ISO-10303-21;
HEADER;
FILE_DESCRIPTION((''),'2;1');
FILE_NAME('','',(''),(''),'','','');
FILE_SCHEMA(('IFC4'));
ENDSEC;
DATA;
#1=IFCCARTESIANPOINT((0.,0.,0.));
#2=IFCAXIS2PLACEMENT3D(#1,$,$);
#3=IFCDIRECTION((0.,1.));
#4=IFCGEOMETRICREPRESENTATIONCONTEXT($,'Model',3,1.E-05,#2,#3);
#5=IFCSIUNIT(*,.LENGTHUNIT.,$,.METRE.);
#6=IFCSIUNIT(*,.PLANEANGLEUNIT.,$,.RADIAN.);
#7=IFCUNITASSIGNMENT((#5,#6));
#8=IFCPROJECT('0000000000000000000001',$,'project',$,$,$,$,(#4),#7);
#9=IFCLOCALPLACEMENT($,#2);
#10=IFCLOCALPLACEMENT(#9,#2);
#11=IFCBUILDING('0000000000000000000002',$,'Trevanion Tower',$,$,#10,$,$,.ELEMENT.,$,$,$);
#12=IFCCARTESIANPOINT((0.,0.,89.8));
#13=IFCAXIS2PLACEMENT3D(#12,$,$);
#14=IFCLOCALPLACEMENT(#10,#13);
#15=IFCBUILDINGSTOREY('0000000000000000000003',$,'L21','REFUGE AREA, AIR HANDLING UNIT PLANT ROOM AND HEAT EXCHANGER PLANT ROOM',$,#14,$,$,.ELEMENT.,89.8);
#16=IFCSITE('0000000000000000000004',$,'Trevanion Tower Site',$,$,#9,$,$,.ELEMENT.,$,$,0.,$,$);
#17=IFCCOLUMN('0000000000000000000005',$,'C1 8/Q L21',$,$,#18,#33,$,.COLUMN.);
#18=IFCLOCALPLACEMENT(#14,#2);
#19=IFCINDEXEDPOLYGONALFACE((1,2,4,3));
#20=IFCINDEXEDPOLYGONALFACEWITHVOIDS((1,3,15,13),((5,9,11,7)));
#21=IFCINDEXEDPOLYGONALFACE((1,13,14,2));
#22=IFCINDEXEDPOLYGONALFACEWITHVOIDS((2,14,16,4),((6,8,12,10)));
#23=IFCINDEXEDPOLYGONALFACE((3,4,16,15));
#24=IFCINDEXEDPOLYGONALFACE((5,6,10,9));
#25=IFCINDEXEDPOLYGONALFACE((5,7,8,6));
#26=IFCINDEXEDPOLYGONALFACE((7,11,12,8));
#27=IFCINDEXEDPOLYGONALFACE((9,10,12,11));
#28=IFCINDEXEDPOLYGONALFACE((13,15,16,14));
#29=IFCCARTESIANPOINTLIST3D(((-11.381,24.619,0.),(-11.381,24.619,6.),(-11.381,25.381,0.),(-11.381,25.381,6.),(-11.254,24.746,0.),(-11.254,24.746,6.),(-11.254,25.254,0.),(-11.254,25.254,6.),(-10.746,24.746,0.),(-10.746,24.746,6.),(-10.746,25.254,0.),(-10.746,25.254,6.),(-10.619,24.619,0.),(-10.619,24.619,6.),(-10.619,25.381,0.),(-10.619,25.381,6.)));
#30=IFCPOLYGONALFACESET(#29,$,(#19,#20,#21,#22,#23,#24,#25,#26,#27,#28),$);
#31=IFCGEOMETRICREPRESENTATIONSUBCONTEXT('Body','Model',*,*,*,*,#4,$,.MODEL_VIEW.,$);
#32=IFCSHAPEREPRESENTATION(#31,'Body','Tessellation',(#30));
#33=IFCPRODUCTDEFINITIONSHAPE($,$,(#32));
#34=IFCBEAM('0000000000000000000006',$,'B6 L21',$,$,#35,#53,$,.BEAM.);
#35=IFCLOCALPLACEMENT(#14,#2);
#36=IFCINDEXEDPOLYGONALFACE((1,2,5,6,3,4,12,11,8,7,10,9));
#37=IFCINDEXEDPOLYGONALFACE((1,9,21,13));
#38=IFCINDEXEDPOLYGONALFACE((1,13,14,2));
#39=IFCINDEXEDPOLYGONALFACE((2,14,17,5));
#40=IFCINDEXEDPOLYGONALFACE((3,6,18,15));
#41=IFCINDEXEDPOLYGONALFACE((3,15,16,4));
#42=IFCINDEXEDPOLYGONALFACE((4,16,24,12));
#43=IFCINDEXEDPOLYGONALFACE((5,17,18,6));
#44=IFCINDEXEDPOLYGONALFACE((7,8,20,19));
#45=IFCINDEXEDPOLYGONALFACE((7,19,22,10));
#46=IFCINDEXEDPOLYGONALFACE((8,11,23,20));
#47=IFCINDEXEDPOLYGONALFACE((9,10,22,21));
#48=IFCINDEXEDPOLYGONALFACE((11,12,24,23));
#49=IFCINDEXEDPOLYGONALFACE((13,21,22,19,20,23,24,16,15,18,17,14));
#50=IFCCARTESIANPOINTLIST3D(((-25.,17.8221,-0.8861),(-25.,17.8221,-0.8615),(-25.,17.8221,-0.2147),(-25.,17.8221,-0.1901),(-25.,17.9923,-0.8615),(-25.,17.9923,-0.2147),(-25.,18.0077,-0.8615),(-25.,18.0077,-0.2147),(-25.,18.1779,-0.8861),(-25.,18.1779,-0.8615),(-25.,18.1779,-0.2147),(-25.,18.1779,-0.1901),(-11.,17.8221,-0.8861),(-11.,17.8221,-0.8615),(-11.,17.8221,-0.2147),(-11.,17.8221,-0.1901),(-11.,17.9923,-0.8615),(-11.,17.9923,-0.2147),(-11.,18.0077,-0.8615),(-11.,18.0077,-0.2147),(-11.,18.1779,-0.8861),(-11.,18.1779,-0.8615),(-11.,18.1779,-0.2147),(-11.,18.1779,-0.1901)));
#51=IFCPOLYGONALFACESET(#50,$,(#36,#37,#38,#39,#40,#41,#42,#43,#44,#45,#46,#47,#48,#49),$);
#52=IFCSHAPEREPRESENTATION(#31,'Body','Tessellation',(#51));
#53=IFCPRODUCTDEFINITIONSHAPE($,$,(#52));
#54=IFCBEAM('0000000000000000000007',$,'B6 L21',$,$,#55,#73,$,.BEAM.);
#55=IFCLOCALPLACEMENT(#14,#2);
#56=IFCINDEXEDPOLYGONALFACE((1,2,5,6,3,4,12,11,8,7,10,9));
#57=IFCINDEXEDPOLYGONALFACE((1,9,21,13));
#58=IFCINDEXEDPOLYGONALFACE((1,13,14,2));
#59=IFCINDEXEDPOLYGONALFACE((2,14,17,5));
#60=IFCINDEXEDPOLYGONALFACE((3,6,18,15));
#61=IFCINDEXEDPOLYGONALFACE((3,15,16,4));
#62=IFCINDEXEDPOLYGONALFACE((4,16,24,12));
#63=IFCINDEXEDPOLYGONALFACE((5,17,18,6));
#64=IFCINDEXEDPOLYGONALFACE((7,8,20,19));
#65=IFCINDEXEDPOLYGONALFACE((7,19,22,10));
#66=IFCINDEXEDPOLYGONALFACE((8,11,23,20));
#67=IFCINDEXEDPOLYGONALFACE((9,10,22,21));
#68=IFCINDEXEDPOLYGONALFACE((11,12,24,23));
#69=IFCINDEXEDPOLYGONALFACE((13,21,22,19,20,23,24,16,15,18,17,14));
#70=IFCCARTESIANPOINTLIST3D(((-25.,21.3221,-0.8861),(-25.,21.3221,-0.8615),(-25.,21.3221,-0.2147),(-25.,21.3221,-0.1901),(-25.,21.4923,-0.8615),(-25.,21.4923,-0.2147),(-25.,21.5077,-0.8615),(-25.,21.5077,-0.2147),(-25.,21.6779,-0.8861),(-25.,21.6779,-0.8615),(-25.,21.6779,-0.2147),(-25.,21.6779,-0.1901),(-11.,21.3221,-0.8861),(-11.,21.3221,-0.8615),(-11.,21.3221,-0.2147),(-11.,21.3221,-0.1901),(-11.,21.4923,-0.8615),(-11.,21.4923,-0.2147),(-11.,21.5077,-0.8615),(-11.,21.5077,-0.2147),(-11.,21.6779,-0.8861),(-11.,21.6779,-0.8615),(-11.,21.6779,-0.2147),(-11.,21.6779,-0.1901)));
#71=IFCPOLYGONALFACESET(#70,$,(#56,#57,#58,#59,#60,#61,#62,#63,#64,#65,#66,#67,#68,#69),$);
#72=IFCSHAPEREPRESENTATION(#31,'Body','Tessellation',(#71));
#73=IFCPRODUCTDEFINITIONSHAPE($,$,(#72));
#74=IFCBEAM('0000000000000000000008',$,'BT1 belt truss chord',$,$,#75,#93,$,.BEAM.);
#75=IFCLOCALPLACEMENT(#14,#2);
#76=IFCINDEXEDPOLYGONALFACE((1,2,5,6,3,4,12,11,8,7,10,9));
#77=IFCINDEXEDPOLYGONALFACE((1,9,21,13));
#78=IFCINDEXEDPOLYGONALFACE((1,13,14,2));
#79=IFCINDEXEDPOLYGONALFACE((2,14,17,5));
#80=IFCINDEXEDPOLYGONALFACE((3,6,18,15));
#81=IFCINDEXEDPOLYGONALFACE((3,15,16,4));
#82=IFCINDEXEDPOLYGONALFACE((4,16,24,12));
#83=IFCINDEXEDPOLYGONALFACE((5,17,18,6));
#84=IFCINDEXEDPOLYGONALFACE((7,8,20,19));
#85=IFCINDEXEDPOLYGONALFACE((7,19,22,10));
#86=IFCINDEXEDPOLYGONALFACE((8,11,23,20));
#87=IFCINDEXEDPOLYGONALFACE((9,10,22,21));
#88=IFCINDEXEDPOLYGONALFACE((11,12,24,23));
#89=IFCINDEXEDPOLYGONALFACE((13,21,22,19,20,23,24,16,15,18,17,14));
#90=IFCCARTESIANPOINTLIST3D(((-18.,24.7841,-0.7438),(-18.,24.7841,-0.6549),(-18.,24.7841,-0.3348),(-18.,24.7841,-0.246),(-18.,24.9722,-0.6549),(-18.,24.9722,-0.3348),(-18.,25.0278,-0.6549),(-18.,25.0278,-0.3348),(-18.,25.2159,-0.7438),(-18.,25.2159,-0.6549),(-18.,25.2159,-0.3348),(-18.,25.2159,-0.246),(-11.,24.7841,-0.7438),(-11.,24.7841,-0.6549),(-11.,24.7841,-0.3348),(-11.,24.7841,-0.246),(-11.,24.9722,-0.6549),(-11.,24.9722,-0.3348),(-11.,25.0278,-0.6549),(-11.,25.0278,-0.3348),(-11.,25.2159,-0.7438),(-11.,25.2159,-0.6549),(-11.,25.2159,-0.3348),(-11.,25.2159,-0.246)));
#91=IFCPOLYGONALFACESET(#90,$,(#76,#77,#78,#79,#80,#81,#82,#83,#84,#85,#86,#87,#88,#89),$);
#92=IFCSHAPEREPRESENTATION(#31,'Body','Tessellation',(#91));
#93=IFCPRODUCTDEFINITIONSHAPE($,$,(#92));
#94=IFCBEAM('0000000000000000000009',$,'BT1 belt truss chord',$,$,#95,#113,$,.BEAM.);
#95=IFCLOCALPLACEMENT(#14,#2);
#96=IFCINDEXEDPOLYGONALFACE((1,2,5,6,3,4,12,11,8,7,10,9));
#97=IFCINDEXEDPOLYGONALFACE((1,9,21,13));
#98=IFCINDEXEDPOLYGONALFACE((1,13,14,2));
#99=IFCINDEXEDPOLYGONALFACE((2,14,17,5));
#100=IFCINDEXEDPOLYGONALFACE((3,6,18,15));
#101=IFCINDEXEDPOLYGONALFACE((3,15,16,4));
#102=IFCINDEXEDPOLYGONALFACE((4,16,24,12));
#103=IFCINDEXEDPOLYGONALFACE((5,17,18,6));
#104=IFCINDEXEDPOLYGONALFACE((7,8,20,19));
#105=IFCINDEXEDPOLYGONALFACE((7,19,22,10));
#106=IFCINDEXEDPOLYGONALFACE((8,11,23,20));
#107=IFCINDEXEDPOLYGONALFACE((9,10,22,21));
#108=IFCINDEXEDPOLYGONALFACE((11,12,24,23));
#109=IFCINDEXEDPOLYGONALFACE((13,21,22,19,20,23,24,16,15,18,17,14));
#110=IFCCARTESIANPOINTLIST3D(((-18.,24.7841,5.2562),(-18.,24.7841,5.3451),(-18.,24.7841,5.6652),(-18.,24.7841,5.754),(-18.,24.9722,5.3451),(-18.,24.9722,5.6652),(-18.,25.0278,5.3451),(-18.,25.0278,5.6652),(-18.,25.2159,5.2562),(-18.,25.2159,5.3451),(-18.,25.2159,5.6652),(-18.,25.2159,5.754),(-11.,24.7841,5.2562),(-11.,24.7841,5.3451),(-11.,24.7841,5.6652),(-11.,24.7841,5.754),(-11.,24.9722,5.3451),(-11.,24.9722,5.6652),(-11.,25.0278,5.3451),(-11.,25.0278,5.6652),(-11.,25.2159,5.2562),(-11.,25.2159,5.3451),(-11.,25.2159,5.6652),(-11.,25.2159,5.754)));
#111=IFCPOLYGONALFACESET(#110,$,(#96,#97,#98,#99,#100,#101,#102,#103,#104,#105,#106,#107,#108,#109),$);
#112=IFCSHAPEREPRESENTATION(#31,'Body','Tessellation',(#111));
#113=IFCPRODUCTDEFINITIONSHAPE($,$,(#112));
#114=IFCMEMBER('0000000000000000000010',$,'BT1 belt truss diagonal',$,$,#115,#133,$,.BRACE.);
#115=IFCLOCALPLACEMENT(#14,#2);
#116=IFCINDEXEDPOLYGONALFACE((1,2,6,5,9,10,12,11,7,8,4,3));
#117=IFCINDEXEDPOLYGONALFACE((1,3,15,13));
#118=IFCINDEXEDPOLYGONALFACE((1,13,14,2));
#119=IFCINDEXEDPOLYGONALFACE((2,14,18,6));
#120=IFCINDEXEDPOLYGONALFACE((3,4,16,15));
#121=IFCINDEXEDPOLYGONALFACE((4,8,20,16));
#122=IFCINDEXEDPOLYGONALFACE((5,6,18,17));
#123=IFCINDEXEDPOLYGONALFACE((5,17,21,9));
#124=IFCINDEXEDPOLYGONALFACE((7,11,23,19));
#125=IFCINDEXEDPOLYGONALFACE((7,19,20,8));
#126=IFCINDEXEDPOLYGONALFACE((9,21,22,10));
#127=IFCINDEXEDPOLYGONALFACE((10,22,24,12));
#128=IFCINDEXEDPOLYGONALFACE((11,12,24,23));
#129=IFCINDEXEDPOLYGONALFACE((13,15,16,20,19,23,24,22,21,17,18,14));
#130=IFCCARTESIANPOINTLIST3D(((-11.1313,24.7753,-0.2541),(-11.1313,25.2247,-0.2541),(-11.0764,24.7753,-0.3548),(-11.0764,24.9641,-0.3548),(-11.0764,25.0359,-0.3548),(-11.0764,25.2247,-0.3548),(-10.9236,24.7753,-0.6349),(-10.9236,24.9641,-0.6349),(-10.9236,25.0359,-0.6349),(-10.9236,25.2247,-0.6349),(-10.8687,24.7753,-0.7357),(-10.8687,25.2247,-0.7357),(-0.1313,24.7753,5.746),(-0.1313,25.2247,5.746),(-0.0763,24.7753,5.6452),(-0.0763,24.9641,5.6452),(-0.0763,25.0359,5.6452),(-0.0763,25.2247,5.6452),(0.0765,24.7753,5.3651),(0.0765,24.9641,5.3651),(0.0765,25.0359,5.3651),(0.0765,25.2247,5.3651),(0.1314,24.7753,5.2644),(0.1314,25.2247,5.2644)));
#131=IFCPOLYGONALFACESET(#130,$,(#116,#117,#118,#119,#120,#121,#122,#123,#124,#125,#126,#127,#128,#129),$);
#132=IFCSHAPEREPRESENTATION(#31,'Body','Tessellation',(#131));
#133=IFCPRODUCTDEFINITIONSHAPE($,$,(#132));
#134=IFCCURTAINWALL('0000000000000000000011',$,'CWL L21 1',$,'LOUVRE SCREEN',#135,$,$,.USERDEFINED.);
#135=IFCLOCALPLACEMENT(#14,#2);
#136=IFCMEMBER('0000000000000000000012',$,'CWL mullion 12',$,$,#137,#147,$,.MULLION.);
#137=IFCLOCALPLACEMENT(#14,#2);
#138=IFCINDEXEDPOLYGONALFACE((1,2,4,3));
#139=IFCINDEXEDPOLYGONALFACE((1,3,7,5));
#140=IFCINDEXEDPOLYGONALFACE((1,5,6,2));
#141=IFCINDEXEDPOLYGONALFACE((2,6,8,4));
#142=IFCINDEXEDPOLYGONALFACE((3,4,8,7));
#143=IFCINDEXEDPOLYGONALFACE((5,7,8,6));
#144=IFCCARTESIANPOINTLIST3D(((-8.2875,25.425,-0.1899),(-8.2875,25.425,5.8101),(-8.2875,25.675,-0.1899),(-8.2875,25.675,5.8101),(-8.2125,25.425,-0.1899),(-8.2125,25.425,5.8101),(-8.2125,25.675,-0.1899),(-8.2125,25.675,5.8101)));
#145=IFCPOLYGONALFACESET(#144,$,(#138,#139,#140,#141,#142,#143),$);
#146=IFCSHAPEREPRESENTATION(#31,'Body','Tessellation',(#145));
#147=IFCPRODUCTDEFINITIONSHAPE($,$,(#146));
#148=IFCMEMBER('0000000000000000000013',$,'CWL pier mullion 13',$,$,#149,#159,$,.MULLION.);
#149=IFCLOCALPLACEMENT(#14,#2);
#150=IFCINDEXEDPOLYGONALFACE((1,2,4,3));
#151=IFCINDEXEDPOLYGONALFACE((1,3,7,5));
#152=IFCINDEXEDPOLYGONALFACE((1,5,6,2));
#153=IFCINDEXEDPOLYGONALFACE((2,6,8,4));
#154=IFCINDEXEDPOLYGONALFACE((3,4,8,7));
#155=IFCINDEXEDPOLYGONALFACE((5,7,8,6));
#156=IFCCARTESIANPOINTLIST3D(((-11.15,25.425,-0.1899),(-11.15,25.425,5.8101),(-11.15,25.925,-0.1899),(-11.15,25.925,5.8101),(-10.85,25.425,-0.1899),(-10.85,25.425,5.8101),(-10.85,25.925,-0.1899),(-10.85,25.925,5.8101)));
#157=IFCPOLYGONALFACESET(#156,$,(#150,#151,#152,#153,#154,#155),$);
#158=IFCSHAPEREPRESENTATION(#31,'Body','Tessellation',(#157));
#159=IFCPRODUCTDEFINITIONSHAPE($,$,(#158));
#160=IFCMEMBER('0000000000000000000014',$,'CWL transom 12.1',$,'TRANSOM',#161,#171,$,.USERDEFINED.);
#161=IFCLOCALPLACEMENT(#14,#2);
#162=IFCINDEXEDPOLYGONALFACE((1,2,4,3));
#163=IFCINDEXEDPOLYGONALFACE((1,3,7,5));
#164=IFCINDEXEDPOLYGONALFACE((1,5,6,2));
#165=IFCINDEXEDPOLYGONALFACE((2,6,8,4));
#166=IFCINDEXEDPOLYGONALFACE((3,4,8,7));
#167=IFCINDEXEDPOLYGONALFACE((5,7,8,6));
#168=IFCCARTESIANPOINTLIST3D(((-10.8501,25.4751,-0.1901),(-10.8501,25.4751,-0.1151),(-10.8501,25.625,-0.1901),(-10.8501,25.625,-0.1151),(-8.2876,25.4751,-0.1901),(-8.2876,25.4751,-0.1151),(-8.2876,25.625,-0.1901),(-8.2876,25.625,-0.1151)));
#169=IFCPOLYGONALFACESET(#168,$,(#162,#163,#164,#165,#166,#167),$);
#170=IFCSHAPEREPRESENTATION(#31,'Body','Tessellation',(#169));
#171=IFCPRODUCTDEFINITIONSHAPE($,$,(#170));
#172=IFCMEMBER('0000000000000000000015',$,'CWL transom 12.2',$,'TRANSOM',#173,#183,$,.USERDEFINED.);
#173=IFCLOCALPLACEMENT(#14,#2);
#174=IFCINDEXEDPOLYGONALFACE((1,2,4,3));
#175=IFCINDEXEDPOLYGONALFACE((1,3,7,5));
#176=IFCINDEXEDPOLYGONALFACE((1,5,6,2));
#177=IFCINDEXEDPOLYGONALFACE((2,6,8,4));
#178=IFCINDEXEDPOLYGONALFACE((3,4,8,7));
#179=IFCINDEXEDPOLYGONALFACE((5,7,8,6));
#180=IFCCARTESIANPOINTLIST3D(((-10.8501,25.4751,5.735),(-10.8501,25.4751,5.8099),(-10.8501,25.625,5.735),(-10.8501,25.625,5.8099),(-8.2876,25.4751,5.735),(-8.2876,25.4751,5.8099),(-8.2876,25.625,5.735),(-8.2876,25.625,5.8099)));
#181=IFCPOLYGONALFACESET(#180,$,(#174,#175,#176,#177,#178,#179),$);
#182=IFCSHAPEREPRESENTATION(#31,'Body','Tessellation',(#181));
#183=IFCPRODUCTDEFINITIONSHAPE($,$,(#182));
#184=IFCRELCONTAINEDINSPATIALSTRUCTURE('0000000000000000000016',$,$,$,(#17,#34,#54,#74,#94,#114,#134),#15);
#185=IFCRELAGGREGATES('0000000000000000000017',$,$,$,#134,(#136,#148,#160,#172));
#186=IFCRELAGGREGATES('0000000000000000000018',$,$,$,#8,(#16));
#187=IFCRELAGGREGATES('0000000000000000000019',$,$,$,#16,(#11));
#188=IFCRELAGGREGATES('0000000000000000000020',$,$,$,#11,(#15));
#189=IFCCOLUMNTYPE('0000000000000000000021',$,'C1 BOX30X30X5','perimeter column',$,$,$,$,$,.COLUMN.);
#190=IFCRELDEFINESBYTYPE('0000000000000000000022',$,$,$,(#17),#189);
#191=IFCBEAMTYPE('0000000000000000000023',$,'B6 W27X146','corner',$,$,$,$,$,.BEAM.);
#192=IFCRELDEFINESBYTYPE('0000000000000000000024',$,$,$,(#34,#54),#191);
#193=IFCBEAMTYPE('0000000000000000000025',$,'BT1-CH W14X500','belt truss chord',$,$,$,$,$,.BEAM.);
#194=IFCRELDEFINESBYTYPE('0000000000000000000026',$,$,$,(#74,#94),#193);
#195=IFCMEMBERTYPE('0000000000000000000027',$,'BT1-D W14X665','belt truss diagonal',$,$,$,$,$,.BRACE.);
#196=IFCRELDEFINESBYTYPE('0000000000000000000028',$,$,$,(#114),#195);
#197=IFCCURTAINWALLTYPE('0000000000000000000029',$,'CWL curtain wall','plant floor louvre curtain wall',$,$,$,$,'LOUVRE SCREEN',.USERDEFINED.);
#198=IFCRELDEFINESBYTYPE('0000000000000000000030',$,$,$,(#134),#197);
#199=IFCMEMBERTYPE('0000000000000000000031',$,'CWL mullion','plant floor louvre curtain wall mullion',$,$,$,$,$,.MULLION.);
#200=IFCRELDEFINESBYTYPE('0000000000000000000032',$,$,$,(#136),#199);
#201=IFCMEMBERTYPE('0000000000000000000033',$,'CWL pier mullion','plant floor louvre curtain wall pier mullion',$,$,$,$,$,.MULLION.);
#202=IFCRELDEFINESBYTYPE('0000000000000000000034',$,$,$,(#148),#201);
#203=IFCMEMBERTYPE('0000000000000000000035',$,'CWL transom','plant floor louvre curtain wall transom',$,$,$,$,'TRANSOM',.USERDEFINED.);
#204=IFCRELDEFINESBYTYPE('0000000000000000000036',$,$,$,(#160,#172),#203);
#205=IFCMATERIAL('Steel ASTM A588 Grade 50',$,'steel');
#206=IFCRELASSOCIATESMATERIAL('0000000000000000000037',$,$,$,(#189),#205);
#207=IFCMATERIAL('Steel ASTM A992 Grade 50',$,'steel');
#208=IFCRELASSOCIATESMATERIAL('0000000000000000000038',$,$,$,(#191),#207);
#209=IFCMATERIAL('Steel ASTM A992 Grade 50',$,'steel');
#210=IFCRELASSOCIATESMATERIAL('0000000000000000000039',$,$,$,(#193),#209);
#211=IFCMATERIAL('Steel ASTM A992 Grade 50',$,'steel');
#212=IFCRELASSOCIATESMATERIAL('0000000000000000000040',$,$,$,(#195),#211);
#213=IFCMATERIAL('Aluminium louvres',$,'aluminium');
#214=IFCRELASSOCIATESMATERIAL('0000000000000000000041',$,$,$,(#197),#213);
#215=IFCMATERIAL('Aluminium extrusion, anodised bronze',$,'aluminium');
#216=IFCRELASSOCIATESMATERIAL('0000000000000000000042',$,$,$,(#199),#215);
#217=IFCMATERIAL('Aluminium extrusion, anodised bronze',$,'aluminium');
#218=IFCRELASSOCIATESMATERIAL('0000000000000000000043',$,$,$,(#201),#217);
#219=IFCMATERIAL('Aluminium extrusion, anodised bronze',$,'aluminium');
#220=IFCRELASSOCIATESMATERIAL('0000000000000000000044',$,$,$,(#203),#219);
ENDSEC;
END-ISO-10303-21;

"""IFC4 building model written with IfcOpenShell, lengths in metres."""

from ifc_helpers import new_model, si_unit, direction, frame, origin, origin_2d, place, context, subcontext, project, spatial, rectangle, hollow_rectangle, i_section, extrude, material, material_profile, profile_set, type_object, element, aggregate, save


model = new_model("IFC4")

# Units and contexts
model_context = context("Model", 3, precision=1e-05, world=origin(), true_north=direction((0.0, 1.0)))
body_context = subcontext(model_context, "Body", "Model", "MODEL_VIEW")
ifc_project = project(units=[si_unit("LENGTHUNIT", "METRE"), si_unit("PLANEANGLEUNIT", "RADIAN")], contexts=[model_context])

# Site, building, storey
site_placement = place(None, origin())
site = spatial("IfcSite", under=ifc_project, at=site_placement, Name="Trevanion Tower Site", CompositionType="ELEMENT", RefElevation=0.0)
building_placement = place(site_placement, origin())
building = spatial("IfcBuilding", under=site, at=building_placement, Name="Trevanion Tower", CompositionType="ELEMENT")
storey_placement = place(building_placement, frame((0.0, 0.0, 89.8)))
storey = spatial("IfcBuildingStorey", under=building, at=storey_placement, Name="L21", Description="REFUGE AREA, AIR HANDLING UNIT PLANT ROOM AND HEAT EXCHANGER PLANT ROOM", CompositionType="ELEMENT", Elevation=89.8)

# Column
ifc_material_1 = material(Name="Steel ASTM A588 Grade 50", Category="steel")
ifc_material_profile_1 = material_profile(ifc_material_1, hollow_rectangle(XDim=0.762, YDim=0.762, WallThickness=0.127, at=origin_2d()), Name="BOX30X30X5")
ifc_profile_set_1 = profile_set([ifc_material_profile_1], Name="Steel ASTM A588 Grade 50")
column_type = type_object("IfcColumnType", Name="C1 BOX30X30X5", Description="perimeter column", PredefinedType="COLUMN", material=ifc_profile_set_1)
column_placement = place(storey_placement, frame((-11.0, 25.0, 0.0), z_axis=(0.0, 0.0, 1.0), x_axis=(1.0, 0.0, 0.0)))
element("IfcColumn", 1, at=column_placement, inside=storey, type_object=column_type, Name="C1 8/Q L21", PredefinedType="COLUMN", context=body_context, shape_type="SweptSolid", body=[
    extrude(hollow_rectangle(XDim=0.762, YDim=0.762, WallThickness=0.127, at=origin_2d()), origin(), (0.0, 0.0, 1.0), 6.0),
])

# Beams
ifc_material_2 = material(Name="Steel ASTM A992 Grade 50", Category="steel")
ifc_material_profile_2 = material_profile(ifc_material_2, i_section(OverallWidth=0.3557, OverallDepth=0.696, WebThickness=0.0154, FlangeThickness=0.0247, at=origin_2d()), Name="W27X146")
ifc_profile_set_2 = profile_set([ifc_material_profile_2], Name="Steel ASTM A992 Grade 50")
beam_type_1 = type_object("IfcBeamType", Name="B6 W27X146", Description="corner", PredefinedType="BEAM", material=ifc_profile_set_2)
for number, where, z_axis, x_axis, name in (
    (2, (-11.0, 18.0, -0.5381), (-1.0, 0.0, 0.0), (0.0, -1.0, 0.0), "B6 L21"),
    (3, (-11.0, 21.5, -0.5381), (-1.0, 0.0, 0.0), (0.0, -1.0, 0.0), "B6 L21"),
):
    element("IfcBeam", number, at=place(storey_placement, frame(where, z_axis=z_axis, x_axis=x_axis)), inside=storey, type_object=beam_type_1, Name=name, PredefinedType="BEAM", context=body_context, shape_type="SweptSolid", body=[
        extrude(i_section(OverallWidth=0.3557, OverallDepth=0.696, WebThickness=0.0154, FlangeThickness=0.0247, at=origin_2d()), origin(), (0.0, 0.0, 1.0), 14.0),
    ])
ifc_material_3 = material(Name="Steel ASTM A992 Grade 50", Category="steel")
ifc_material_profile_3 = material_profile(ifc_material_3, i_section(OverallWidth=0.4319, OverallDepth=0.4978, WebThickness=0.0557, FlangeThickness=0.0889, at=origin_2d()), Name="W14X500")
ifc_profile_set_3 = profile_set([ifc_material_profile_3], Name="Steel ASTM A992 Grade 50")
beam_type_2 = type_object("IfcBeamType", Name="BT1-CH W14X500", Description="belt truss chord", PredefinedType="BEAM", material=ifc_profile_set_3)
for number, where, z_axis, x_axis, name in (
    (4, (-11.0, 25.0, -0.4949), (-1.0, 0.0, 0.0), (0.0, -1.0, 0.0), "BT1 belt truss chord"),
    (5, (-11.0, 25.0, 5.5051), (-1.0, 0.0, 0.0), (0.0, -1.0, 0.0), "BT1 belt truss chord"),
):
    element("IfcBeam", number, at=place(storey_placement, frame(where, z_axis=z_axis, x_axis=x_axis)), inside=storey, type_object=beam_type_2, Name=name, PredefinedType="BEAM", context=body_context, shape_type="SweptSolid", body=[
        extrude(i_section(OverallWidth=0.4319, OverallDepth=0.4978, WebThickness=0.0557, FlangeThickness=0.0889, at=origin_2d()), origin(), (0.0, 0.0, 1.0), 7.0),
    ])

# Member
ifc_material_4 = material(Name="Steel ASTM A992 Grade 50", Category="steel")
ifc_material_profile_4 = material_profile(ifc_material_4, i_section(OverallWidth=0.4495, OverallDepth=0.5486, WebThickness=0.0718, FlangeThickness=0.1147, at=origin_2d()), Name="W14X665")
ifc_profile_set_4 = profile_set([ifc_material_profile_4], Name="Steel ASTM A992 Grade 50")
member_type_1 = type_object("IfcMemberType", Name="BT1-D W14X665", Description="belt truss diagonal", PredefinedType="BRACE", material=ifc_profile_set_4)
member_1_placement = place(storey_placement, frame((-11.0, 25.0, -0.4949), z_axis=(0.877896, 0.0, 0.478852), x_axis=(0.0, 1.0, 0.0)))
element("IfcMember", 6, at=member_1_placement, inside=storey, type_object=member_type_1, Name="BT1 belt truss diagonal", PredefinedType="BRACE", context=body_context, shape_type="SweptSolid", body=[
    extrude(i_section(OverallWidth=0.4495, OverallDepth=0.5486, WebThickness=0.0718, FlangeThickness=0.1147, at=origin_2d()), origin(), (0.0, 0.0, 1.0), 12.53),
])

# Curtain wall, members
ifc_material_5 = material(Name="Aluminium louvres", Category="aluminium")
curtain_wall_type = type_object("IfcCurtainWallType", Name="CWL curtain wall", Description="plant floor louvre curtain wall", ElementType="LOUVRE SCREEN", PredefinedType="USERDEFINED", material=ifc_material_5)
curtain_wall_placement = place(storey_placement, origin())
curtain_wall = element("IfcCurtainWall", 7, at=curtain_wall_placement, inside=storey, type_object=curtain_wall_type, Name="CWL L21 1", ObjectType="LOUVRE SCREEN", PredefinedType="USERDEFINED")
ifc_material_6 = material(Name="Aluminium extrusion, anodised bronze", Category="aluminium")
ifc_material_profile_5 = material_profile(ifc_material_6, rectangle(XDim=0.075, YDim=0.25, at=origin_2d()), Name="CWL mullion")
ifc_profile_set_5 = profile_set([ifc_material_profile_5], Name="Aluminium extrusion, anodised bronze")
member_type_2 = type_object("IfcMemberType", Name="CWL mullion", Description="plant floor louvre curtain wall mullion", PredefinedType="MULLION", material=ifc_profile_set_5)
member_2_placement = place(storey_placement, frame((-8.25, 25.55, -0.1899), z_axis=(0.0, 0.0, 1.0), x_axis=(-1.0, 0.0, 0.0)))
member_2 = element("IfcMember", 8, at=member_2_placement, type_object=member_type_2, Name="CWL mullion 12", PredefinedType="MULLION", context=body_context, shape_type="SweptSolid", body=[
    extrude(rectangle(XDim=0.075, YDim=0.25, at=origin_2d()), origin(), (0.0, 0.0, 1.0), 6.0),
])
ifc_material_7 = material(Name="Aluminium extrusion, anodised bronze", Category="aluminium")
ifc_material_profile_6 = material_profile(ifc_material_7, rectangle(XDim=0.3, YDim=0.5, at=origin_2d()), Name="CWL pier mullion")
ifc_profile_set_6 = profile_set([ifc_material_profile_6], Name="Aluminium extrusion, anodised bronze")
member_type_3 = type_object("IfcMemberType", Name="CWL pier mullion", Description="plant floor louvre curtain wall pier mullion", PredefinedType="MULLION", material=ifc_profile_set_6)
member_3_placement = place(storey_placement, frame((-11.0, 25.675, -0.1899), z_axis=(0.0, 0.0, 1.0), x_axis=(-1.0, 0.0, 0.0)))
member_3 = element("IfcMember", 9, at=member_3_placement, type_object=member_type_3, Name="CWL pier mullion 13", PredefinedType="MULLION", context=body_context, shape_type="SweptSolid", body=[
    extrude(rectangle(XDim=0.3, YDim=0.5, at=origin_2d()), origin(), (0.0, 0.0, 1.0), 6.0),
])
ifc_material_8 = material(Name="Aluminium extrusion, anodised bronze", Category="aluminium")
ifc_material_profile_7 = material_profile(ifc_material_8, rectangle(XDim=0.1499, YDim=0.075, at=origin_2d()), Name="CWL transom")
ifc_profile_set_7 = profile_set([ifc_material_profile_7], Name="Aluminium extrusion, anodised bronze")
member_type_4 = type_object("IfcMemberType", Name="CWL transom", Description="plant floor louvre curtain wall transom", ElementType="TRANSOM", PredefinedType="USERDEFINED", material=ifc_profile_set_7)
member_4_placement = place(storey_placement, frame((-8.2876, 25.55, -0.1526), z_axis=(-1.0, 0.0, 0.0), x_axis=(0.0, -1.0, 0.0)))
member_4 = element("IfcMember", 10, at=member_4_placement, type_object=member_type_4, Name="CWL transom 12.1", ObjectType="TRANSOM", PredefinedType="USERDEFINED", context=body_context, shape_type="SweptSolid", body=[
    extrude(rectangle(XDim=0.1499, YDim=0.075, at=origin_2d()), origin(), (0.0, 0.0, 1.0), 2.5625),
])
member_5_placement = place(storey_placement, frame((-8.2876, 25.55, 5.7725), z_axis=(-1.0, 0.0, 0.0), x_axis=(0.0, -1.0, 0.0)))
member_5 = element("IfcMember", 11, at=member_5_placement, type_object=member_type_4, Name="CWL transom 12.2", ObjectType="TRANSOM", PredefinedType="USERDEFINED", context=body_context, shape_type="SweptSolid", body=[
    extrude(rectangle(XDim=0.1499, YDim=0.075, at=origin_2d()), origin(), (0.0, 0.0, 1.0), 2.5625),
])

aggregate(curtain_wall, [member_2, member_3, member_4, member_5])

save(model, "model.ifc")
